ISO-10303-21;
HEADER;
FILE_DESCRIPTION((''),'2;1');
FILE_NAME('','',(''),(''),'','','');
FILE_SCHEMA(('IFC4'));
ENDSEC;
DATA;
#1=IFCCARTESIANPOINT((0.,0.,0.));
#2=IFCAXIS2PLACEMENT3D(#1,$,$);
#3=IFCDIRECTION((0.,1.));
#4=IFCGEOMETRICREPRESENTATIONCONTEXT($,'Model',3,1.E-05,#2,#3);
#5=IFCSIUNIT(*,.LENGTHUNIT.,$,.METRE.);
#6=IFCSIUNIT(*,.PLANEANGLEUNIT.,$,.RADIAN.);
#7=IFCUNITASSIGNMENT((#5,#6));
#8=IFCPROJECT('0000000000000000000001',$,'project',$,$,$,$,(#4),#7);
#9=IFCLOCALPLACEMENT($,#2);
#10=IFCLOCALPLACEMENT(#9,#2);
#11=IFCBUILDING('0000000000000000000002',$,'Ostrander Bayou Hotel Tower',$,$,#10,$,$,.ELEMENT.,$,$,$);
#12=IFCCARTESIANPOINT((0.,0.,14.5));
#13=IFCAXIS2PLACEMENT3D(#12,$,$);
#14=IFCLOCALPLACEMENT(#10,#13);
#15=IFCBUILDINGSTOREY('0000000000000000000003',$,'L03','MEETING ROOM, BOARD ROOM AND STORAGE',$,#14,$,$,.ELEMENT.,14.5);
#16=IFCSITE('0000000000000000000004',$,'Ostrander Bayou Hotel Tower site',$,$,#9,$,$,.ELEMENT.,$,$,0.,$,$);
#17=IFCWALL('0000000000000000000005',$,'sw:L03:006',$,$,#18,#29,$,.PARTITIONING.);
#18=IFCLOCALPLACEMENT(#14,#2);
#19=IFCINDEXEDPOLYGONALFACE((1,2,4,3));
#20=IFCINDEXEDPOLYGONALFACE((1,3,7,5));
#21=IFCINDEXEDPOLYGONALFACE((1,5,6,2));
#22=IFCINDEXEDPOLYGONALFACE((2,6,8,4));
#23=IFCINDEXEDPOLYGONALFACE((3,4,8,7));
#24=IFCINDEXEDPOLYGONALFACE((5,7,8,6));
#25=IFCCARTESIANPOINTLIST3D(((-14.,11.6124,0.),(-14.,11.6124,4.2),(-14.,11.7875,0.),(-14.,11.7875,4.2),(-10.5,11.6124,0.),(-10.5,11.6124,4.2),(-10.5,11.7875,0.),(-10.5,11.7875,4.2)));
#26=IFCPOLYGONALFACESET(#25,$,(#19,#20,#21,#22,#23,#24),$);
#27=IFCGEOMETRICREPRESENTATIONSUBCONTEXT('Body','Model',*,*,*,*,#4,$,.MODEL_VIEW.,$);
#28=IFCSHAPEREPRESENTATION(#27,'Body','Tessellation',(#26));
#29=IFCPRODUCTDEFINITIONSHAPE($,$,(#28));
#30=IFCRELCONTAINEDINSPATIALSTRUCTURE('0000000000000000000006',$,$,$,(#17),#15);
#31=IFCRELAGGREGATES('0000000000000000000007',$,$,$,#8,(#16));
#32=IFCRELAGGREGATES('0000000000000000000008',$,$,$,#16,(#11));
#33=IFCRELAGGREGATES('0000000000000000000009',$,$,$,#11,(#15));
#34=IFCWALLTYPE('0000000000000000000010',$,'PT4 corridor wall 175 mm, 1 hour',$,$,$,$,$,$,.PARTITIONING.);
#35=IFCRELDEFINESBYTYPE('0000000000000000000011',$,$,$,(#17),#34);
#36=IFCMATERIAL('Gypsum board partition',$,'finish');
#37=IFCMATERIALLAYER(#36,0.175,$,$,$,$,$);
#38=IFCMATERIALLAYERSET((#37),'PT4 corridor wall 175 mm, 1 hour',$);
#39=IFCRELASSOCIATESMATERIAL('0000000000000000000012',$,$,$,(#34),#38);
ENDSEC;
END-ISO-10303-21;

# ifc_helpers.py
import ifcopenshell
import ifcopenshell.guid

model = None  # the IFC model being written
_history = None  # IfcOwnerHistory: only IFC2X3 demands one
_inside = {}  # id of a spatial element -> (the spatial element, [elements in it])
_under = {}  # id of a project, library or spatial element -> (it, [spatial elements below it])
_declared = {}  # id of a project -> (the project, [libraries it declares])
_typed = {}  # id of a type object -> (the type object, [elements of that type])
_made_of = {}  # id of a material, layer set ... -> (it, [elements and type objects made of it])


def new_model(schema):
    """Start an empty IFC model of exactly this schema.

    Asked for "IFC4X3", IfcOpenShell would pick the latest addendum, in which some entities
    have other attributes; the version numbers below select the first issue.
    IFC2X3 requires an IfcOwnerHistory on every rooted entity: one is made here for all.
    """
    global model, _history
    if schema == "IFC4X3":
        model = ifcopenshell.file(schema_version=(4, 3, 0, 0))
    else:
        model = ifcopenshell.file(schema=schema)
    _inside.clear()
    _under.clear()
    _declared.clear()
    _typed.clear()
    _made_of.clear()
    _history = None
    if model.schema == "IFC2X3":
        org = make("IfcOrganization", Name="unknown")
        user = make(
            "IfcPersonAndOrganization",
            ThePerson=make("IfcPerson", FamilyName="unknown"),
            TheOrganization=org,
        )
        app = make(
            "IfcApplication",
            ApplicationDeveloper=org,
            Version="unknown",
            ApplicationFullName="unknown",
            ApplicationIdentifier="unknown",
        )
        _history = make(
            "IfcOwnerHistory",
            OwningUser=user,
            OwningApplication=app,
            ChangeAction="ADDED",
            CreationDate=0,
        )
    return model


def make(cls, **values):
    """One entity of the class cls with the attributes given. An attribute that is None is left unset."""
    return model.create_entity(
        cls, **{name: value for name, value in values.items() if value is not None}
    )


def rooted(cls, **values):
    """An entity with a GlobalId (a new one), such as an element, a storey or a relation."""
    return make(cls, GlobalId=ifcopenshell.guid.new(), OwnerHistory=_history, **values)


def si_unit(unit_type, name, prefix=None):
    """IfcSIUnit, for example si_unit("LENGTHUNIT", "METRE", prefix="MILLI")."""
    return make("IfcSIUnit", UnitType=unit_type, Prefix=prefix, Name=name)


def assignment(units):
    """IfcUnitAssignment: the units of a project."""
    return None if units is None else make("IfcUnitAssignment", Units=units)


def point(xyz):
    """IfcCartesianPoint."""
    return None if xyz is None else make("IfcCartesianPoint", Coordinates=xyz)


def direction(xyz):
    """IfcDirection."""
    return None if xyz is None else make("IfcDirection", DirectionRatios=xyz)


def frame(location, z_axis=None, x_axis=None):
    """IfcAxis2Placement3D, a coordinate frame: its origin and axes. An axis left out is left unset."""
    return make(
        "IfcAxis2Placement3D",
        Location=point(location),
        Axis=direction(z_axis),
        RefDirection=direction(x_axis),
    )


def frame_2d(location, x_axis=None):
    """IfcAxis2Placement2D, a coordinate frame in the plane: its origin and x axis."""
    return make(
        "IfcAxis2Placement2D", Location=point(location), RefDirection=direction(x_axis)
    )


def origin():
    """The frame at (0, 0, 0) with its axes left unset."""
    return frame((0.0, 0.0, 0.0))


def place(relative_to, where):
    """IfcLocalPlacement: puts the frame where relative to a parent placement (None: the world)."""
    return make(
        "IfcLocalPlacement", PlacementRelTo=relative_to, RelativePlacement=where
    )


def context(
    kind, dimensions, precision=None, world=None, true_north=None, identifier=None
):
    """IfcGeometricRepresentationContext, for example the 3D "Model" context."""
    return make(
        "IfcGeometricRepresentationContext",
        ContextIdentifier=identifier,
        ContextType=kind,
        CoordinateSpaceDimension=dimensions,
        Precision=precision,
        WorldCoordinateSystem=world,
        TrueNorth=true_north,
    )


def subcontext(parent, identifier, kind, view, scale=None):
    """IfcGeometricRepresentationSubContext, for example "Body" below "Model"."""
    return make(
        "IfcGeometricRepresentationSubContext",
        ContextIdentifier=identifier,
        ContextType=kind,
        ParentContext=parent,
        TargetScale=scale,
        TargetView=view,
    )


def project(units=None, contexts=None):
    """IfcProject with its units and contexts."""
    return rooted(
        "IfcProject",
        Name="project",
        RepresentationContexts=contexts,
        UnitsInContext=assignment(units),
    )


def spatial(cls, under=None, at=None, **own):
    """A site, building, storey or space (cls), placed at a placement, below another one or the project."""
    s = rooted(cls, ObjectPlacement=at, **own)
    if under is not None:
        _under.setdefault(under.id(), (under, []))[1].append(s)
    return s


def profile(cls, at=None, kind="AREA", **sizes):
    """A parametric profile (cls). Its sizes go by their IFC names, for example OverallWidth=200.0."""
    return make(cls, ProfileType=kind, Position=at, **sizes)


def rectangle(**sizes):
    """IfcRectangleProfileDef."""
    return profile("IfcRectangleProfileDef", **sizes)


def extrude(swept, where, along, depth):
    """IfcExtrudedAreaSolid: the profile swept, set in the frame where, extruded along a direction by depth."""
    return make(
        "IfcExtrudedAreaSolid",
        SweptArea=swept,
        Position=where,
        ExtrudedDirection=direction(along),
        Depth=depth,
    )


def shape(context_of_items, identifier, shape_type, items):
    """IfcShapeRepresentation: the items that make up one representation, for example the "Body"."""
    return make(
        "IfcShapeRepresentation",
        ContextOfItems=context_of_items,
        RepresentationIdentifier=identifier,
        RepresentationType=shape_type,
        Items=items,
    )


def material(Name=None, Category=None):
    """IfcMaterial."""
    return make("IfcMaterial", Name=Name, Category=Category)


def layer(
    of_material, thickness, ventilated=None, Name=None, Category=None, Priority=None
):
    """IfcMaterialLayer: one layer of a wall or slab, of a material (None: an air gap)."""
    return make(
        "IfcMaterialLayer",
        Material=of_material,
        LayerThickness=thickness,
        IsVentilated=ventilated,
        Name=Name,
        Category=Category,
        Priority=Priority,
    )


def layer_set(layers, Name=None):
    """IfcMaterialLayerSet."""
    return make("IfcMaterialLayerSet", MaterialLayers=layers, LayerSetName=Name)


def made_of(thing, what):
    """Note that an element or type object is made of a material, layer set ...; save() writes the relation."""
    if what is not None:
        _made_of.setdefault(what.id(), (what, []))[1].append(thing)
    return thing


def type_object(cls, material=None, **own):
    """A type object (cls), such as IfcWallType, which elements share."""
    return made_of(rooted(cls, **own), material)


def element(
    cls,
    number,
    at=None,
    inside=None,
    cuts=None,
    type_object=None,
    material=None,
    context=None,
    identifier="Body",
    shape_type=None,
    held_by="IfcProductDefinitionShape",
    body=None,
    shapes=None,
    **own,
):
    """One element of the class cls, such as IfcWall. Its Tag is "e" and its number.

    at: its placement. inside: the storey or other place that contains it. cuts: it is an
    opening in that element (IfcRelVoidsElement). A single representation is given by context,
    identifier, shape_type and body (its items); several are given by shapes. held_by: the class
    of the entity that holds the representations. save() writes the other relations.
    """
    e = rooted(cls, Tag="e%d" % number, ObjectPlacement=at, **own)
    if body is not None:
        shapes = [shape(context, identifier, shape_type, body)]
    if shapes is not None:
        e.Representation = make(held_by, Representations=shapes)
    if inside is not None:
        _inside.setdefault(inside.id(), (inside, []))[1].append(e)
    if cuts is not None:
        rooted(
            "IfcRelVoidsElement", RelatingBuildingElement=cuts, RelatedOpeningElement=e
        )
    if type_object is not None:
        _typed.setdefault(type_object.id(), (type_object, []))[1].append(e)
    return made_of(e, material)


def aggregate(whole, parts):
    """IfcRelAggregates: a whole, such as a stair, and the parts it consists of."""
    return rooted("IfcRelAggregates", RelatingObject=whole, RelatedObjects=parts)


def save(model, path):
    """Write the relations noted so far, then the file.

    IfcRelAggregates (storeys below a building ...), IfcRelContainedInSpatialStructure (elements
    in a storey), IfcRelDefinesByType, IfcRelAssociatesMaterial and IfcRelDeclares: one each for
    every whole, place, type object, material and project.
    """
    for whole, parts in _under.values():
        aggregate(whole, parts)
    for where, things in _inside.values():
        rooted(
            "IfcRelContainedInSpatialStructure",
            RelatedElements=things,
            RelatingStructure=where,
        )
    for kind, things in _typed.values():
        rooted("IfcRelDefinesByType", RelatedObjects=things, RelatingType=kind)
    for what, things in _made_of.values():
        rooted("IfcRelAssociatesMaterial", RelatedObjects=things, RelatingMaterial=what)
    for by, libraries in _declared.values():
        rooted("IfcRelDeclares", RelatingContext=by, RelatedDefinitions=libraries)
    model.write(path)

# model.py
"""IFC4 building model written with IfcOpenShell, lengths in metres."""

from ifc_helpers import new_model, si_unit, direction, frame, frame_2d, origin, place, context, subcontext, project, spatial, rectangle, extrude, material, layer, layer_set, type_object, element, save


model = new_model("IFC4")

# Units and contexts
model_context = context("Model", 3, precision=1e-05, world=origin(), true_north=direction((0.0, 1.0)))
body_context = subcontext(model_context, "Body", "Model", "MODEL_VIEW")
ifc_project = project(units=[si_unit("LENGTHUNIT", "METRE"), si_unit("PLANEANGLEUNIT", "RADIAN")], contexts=[model_context])

# Site, building, storey
site_placement = place(None, origin())
site = spatial("IfcSite", under=ifc_project, at=site_placement, Name="Ostrander Bayou Hotel Tower site", CompositionType="ELEMENT", RefElevation=0.0)
building_placement = place(site_placement, origin())
building = spatial("IfcBuilding", under=site, at=building_placement, Name="Ostrander Bayou Hotel Tower", CompositionType="ELEMENT")
storey_placement = place(building_placement, frame((0.0, 0.0, 14.5)))
storey = spatial("IfcBuildingStorey", under=building, at=storey_placement, Name="L03", Description="MEETING ROOM, BOARD ROOM AND STORAGE", CompositionType="ELEMENT", Elevation=14.5)

# Wall
ifc_material_1 = material(Name="Gypsum board partition", Category="finish")
ifc_layer_1 = layer(ifc_material_1, 0.175)
ifc_layer_set_1 = layer_set([ifc_layer_1], Name="PT4 corridor wall 175 mm, 1 hour")
wall_type_1 = type_object("IfcWallType", Name="PT4 corridor wall 175 mm, 1 hour", PredefinedType="PARTITIONING", material=ifc_layer_set_1)
wall_1_placement = place(storey_placement, frame((-14.0, 11.7, 0.0), z_axis=(0.0, 0.0, 1.0), x_axis=(1.0, 0.0, 0.0)))
element("IfcWall", 1, at=wall_1_placement, inside=storey, type_object=wall_type_1, Name="sw:L03:006", PredefinedType="PARTITIONING", context=body_context, shape_type="SweptSolid", body=[
    extrude(rectangle(XDim=3.5, YDim=0.175, at=frame_2d((1.75, 0.0))), origin(), (0.0, 0.0, 1.0), 4.2),
])

save(model, "model.ifc")
